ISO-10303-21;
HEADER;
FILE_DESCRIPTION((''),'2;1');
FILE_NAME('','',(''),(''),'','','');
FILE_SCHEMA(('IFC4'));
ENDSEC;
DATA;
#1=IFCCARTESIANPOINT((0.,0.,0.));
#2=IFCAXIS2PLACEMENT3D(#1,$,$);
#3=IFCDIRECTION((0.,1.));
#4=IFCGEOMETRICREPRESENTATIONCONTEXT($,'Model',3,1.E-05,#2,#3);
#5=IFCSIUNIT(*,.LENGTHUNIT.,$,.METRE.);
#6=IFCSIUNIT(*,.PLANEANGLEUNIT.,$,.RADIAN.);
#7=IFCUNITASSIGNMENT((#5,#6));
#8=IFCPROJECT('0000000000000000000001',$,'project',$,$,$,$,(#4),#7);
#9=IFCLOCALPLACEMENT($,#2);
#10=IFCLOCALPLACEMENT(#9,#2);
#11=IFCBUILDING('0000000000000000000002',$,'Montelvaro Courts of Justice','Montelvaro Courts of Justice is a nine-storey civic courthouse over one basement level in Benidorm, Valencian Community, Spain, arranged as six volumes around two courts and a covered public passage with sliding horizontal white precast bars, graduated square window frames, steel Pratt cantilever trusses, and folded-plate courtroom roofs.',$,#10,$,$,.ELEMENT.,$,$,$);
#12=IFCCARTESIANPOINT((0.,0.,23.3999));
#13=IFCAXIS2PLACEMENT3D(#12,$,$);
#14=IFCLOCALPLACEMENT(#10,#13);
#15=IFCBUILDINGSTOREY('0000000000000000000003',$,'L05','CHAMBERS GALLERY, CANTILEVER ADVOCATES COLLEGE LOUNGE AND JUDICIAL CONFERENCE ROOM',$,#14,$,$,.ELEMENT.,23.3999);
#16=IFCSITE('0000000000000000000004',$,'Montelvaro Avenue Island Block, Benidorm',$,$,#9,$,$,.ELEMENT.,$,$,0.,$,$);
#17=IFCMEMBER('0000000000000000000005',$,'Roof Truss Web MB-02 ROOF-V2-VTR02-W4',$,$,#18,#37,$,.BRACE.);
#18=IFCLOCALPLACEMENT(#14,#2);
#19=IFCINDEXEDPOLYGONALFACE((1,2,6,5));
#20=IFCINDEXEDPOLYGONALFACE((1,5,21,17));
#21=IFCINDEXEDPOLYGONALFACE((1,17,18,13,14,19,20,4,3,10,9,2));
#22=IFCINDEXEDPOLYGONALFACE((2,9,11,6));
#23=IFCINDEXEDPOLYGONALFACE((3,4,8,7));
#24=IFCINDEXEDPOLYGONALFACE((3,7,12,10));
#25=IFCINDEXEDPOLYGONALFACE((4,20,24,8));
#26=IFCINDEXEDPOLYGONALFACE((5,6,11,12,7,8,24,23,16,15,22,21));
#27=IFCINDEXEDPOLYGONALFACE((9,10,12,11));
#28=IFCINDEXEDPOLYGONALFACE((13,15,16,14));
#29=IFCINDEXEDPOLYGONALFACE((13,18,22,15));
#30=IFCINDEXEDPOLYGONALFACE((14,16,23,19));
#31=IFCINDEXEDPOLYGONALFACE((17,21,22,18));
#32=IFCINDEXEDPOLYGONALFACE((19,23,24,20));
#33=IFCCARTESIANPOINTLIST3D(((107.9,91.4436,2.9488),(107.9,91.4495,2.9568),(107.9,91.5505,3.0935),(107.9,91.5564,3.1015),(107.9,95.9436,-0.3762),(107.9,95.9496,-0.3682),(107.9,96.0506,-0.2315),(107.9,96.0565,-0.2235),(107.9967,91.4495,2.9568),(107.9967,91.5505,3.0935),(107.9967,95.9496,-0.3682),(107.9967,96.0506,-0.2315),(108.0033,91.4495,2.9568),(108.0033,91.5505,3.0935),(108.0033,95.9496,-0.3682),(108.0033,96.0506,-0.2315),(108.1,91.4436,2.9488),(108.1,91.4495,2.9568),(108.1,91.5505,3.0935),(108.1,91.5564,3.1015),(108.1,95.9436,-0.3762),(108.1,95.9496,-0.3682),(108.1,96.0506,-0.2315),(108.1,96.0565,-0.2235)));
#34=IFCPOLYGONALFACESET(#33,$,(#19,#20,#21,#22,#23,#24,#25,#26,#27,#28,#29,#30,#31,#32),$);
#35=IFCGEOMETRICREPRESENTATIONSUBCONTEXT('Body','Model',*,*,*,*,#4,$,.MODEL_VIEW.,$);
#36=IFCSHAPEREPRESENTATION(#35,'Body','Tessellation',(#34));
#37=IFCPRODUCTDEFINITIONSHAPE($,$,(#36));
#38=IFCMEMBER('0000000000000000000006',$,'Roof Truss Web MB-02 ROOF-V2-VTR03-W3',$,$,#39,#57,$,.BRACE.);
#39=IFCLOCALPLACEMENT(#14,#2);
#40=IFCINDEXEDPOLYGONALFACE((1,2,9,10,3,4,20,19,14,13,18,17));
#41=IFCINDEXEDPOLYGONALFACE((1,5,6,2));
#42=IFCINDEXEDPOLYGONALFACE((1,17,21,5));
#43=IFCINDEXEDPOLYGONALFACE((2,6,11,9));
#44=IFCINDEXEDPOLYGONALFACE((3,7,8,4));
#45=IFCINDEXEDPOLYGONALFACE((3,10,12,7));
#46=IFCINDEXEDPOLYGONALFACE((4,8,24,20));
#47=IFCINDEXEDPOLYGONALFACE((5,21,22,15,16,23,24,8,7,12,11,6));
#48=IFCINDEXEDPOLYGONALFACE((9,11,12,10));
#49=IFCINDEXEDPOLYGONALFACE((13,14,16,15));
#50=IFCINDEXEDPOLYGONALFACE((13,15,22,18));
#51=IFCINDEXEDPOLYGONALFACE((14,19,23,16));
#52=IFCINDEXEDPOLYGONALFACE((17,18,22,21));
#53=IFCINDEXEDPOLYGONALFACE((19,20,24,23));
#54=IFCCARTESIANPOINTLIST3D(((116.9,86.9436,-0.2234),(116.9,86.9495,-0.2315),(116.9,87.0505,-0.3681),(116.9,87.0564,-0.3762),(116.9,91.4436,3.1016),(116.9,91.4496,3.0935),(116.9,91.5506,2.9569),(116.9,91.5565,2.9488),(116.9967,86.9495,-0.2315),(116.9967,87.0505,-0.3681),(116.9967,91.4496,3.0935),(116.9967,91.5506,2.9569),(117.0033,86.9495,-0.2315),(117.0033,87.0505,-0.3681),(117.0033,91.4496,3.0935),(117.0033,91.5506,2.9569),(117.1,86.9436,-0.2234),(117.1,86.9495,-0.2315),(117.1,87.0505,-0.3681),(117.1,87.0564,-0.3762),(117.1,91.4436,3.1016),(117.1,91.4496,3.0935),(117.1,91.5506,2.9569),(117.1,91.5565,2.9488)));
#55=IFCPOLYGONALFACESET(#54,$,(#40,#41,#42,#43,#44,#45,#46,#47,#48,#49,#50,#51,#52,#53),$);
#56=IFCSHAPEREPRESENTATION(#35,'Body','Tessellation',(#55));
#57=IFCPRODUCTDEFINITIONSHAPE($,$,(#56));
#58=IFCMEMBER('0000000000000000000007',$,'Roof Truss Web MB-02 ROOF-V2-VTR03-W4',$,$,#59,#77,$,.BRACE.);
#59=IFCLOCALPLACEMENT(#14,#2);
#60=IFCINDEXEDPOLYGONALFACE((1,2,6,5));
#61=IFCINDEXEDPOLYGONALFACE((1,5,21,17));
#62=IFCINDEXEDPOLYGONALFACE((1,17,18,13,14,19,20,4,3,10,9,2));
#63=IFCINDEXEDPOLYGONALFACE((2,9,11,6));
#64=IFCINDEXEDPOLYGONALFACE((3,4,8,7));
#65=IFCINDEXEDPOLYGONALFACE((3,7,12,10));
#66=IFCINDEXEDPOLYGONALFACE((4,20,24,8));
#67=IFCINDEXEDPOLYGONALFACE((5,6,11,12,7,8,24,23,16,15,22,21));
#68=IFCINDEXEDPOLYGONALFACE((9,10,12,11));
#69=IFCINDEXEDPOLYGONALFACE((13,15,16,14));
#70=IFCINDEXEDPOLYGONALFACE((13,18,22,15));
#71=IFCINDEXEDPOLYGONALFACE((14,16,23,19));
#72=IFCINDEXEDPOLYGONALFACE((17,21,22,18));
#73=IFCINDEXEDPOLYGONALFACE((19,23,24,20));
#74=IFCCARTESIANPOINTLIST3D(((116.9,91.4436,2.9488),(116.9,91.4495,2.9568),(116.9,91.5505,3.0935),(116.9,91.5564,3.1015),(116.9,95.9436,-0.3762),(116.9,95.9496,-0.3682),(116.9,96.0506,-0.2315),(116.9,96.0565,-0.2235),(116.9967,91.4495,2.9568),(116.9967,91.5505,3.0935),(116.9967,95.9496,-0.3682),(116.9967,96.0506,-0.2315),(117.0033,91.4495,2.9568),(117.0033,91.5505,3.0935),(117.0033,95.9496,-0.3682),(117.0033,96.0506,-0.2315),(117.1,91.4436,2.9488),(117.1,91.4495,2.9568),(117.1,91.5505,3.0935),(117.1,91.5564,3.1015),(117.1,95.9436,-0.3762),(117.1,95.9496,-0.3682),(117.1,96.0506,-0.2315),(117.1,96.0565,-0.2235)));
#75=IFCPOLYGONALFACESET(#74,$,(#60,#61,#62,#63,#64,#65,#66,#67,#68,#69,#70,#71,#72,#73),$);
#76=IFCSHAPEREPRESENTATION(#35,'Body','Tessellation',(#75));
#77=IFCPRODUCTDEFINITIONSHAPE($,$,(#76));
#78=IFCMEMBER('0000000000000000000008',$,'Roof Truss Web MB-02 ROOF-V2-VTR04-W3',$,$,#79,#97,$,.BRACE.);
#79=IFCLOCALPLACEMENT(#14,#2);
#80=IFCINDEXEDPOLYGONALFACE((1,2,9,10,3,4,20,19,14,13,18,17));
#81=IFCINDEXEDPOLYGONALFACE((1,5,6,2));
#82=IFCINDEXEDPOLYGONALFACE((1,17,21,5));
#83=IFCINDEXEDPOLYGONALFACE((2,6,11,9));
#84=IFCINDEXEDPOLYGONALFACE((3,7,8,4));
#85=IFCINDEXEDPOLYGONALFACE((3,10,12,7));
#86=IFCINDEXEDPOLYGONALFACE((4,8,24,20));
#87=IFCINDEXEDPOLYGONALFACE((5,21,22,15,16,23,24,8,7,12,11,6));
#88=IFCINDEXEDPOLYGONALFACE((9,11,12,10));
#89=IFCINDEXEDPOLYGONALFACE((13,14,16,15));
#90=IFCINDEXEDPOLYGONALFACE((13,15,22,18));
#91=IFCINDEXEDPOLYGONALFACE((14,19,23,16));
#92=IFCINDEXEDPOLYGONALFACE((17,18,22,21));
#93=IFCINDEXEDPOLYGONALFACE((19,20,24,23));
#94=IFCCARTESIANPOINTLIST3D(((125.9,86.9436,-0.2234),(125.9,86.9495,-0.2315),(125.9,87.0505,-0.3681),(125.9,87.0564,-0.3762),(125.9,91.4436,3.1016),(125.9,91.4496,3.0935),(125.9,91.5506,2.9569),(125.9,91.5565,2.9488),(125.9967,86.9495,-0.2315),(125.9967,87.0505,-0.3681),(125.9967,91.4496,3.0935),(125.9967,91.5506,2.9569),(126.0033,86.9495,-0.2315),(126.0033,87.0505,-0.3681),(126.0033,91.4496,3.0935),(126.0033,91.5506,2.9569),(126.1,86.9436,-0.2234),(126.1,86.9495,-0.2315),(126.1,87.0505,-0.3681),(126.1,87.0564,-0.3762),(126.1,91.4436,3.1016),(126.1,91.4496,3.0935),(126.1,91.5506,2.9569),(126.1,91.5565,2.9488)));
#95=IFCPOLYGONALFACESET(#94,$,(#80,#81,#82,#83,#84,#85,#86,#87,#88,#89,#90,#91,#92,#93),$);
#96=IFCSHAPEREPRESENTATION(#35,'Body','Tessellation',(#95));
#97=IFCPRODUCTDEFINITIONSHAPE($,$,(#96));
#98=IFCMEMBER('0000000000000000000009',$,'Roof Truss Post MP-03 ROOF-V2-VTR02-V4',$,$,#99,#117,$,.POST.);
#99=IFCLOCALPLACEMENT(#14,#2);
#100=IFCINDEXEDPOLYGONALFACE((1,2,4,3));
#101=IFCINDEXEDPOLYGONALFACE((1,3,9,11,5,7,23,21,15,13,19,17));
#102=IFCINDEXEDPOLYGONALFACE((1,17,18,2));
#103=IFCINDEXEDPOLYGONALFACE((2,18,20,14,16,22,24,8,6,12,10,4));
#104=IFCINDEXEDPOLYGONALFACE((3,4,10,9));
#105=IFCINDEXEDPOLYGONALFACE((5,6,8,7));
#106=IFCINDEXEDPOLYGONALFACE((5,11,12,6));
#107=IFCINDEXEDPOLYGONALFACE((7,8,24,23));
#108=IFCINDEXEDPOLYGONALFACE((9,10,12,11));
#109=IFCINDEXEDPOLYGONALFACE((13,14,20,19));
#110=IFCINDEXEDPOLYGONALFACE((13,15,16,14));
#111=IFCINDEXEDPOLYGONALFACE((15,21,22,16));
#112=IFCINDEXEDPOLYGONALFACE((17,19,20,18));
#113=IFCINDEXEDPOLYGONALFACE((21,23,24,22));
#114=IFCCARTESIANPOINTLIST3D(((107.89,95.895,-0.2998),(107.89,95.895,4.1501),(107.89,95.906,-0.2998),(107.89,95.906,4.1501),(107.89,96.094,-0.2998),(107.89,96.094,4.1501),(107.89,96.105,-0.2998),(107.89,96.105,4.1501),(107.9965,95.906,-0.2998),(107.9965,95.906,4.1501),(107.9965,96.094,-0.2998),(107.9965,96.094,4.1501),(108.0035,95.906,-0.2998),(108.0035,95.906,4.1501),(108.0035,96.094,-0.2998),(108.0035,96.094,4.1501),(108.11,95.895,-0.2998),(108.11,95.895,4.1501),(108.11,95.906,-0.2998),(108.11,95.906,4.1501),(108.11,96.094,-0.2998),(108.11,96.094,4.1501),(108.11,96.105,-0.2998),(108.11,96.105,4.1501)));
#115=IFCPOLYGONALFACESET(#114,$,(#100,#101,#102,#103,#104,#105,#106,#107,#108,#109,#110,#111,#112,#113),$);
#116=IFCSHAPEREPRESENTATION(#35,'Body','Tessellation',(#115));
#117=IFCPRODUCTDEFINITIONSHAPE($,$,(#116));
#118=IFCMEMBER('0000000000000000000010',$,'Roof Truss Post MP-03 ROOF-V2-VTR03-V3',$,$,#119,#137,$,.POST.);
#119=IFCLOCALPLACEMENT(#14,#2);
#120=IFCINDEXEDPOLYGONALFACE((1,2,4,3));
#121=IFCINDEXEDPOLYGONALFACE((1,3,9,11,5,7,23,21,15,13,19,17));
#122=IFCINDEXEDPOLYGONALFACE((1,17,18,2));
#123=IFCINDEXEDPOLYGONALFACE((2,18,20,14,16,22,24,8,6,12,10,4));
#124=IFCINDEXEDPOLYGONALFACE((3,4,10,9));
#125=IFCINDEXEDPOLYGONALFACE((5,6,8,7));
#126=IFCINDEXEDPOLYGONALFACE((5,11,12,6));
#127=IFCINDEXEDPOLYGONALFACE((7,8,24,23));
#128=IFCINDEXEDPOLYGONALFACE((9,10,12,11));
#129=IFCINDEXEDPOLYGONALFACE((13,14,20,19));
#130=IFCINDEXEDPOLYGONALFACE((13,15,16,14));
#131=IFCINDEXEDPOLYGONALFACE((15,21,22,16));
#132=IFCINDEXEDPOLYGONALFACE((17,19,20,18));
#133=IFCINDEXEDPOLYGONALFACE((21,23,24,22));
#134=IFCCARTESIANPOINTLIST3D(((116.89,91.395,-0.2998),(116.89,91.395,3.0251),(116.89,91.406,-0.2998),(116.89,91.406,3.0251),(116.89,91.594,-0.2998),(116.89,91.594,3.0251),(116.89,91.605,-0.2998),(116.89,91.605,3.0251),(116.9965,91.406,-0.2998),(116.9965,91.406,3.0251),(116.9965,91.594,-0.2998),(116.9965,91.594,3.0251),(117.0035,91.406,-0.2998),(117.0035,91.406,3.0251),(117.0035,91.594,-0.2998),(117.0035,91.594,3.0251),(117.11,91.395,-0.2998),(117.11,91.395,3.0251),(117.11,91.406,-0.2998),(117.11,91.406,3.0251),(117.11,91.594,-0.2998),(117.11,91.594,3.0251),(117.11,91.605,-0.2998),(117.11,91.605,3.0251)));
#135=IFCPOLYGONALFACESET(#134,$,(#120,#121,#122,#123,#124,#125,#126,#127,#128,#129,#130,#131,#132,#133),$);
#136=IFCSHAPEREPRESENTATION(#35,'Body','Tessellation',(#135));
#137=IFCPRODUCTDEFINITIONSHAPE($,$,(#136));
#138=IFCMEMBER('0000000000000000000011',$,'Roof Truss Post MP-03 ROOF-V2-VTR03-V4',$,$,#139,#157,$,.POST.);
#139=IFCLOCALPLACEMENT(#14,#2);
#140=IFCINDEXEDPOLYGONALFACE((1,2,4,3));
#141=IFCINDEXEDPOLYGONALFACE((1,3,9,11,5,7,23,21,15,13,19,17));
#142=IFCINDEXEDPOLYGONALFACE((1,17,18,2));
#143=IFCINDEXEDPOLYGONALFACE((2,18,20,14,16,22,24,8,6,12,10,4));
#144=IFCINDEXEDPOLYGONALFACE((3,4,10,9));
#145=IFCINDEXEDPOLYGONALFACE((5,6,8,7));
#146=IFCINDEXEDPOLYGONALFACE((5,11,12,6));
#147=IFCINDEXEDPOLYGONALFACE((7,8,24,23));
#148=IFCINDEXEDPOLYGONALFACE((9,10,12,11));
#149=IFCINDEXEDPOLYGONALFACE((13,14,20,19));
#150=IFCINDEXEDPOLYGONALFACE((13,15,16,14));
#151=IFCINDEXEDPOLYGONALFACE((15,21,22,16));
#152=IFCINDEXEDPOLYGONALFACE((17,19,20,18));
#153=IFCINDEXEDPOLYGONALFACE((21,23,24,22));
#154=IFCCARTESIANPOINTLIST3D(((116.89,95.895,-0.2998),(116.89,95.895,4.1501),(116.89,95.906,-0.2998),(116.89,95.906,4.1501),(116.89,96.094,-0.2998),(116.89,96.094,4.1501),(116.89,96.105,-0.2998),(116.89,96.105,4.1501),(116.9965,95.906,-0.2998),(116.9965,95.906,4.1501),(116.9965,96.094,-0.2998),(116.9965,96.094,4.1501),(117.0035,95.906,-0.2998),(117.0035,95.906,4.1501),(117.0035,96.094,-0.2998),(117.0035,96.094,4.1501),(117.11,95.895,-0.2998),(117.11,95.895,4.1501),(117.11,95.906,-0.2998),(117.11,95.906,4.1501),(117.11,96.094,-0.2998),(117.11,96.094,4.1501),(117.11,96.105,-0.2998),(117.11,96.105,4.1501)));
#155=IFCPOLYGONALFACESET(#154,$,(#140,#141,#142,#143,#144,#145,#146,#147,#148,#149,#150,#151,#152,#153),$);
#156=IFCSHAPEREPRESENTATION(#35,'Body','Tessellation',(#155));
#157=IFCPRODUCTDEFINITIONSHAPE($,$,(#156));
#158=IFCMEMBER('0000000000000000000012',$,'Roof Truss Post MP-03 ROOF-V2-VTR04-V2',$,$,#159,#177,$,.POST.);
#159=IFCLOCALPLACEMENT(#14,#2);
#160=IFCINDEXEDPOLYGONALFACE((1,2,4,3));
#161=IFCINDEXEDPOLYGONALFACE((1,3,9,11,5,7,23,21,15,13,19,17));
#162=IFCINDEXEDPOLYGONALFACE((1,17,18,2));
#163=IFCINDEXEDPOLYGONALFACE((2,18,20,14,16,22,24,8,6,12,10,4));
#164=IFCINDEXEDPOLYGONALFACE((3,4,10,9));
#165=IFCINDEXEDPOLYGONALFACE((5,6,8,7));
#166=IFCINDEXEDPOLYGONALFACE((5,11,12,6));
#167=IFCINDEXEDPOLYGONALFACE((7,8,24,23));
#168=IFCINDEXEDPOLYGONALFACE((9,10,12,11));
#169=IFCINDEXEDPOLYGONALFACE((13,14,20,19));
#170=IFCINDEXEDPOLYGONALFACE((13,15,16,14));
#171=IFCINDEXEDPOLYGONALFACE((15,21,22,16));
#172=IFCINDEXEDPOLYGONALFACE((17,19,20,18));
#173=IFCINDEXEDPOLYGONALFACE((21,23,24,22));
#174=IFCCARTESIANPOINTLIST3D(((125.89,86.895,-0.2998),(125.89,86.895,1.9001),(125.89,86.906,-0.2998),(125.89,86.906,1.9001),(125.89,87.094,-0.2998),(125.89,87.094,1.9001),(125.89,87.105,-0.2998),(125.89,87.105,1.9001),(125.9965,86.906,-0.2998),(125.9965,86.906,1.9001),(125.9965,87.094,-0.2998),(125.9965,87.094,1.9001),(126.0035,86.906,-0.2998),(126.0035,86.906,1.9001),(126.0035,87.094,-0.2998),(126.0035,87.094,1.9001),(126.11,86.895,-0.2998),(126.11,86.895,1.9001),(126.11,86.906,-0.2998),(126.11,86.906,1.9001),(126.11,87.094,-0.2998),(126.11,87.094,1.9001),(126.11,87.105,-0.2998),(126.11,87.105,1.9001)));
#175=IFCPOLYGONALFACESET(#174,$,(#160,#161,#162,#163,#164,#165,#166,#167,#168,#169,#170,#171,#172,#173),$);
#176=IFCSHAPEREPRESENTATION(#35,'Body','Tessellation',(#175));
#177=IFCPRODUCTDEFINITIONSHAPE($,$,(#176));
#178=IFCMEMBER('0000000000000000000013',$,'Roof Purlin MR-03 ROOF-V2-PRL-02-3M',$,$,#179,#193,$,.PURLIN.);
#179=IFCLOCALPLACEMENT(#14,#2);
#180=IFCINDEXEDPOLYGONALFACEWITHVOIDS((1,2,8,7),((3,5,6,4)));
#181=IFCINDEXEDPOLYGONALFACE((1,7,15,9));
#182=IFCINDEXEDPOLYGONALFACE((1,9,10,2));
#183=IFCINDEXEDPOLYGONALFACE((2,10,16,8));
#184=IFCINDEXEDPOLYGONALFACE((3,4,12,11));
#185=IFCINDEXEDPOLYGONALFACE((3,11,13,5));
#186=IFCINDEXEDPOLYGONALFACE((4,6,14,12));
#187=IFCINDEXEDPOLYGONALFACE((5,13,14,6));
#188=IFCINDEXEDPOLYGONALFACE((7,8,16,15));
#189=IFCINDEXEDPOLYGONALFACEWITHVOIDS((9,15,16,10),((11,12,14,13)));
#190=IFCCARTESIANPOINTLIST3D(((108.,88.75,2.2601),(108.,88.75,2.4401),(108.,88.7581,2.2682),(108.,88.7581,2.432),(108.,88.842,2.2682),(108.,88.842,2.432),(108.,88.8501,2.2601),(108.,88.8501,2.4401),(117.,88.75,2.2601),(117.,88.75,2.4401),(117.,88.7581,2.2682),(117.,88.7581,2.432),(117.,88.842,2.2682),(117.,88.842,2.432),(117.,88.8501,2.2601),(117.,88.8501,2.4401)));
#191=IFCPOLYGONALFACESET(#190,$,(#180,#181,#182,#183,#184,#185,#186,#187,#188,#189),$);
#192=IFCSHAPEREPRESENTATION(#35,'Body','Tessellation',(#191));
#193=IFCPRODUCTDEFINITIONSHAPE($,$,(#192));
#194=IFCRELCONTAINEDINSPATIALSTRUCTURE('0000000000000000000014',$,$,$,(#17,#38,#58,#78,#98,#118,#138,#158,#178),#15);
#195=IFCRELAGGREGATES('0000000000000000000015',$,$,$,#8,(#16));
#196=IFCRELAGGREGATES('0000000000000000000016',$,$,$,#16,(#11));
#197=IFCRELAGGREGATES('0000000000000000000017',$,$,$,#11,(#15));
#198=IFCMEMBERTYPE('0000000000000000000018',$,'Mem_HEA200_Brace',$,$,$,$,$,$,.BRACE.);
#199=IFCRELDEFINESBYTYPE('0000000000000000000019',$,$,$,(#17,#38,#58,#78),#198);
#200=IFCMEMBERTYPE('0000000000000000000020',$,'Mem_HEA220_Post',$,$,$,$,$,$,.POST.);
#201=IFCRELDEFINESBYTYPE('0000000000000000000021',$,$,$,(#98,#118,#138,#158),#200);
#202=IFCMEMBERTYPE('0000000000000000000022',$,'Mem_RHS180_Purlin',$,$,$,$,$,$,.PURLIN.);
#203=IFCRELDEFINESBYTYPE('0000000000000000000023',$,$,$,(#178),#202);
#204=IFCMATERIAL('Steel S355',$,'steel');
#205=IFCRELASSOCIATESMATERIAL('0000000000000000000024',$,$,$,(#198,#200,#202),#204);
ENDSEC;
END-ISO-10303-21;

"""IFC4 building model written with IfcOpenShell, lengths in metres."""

from ifc_helpers import new_model, si_unit, direction, frame, origin, origin_2d, place, context, subcontext, project, spatial, hollow_rectangle, i_section, extrude, material, material_profile, profile_set, type_object, element, save


model = new_model("IFC4")

# Units and contexts
model_context = context("Model", 3, precision=1e-05, world=origin(), true_north=direction((0.0, 1.0)))
body_context = subcontext(model_context, "Body", "Model", "MODEL_VIEW")
ifc_project = project(units=[si_unit("LENGTHUNIT", "METRE"), si_unit("PLANEANGLEUNIT", "RADIAN")], contexts=[model_context])

# Site, building, storey
site_placement = place(None, origin())
site = spatial("IfcSite", under=ifc_project, at=site_placement, Name="Montelvaro Avenue Island Block, Benidorm", CompositionType="ELEMENT", RefElevation=0.0)
building_placement = place(site_placement, origin())
building = spatial("IfcBuilding", under=site, at=building_placement, Name="Montelvaro Courts of Justice", Description="Montelvaro Courts of Justice is a nine-storey civic courthouse over one basement level in Benidorm, Valencian Community, Spain, arranged as six volumes around two courts and a covered public passage with sliding horizontal white precast bars, graduated square window frames, steel Pratt cantilever trusses, and folded-plate courtroom roofs.", CompositionType="ELEMENT")
storey_placement = place(building_placement, frame((0.0, 0.0, 23.3999)))
storey = spatial("IfcBuildingStorey", under=building, at=storey_placement, Name="L05", Description="CHAMBERS GALLERY, CANTILEVER ADVOCATES COLLEGE LOUNGE AND JUDICIAL CONFERENCE ROOM", CompositionType="ELEMENT", Elevation=23.3999)

# Members
ifc_material = material(Name="Steel S355", Category="steel")
ifc_material_profile_1 = material_profile(ifc_material, i_section(OverallWidth=0.2, OverallDepth=0.1899, WebThickness=0.0066, FlangeThickness=0.01, at=origin_2d()), Name="HEA 200")
ifc_profile_set_1 = profile_set([ifc_material_profile_1], Name="Steel S355")
member_type_1 = type_object("IfcMemberType", Name="Mem_HEA200_Brace", PredefinedType="BRACE", material=ifc_profile_set_1)
for number, where, z_axis, x_axis, name in (
    (1, (108.0, 91.5, 3.0251), (0.0, 0.804273, -0.59426), (-1.0, 0.0, 0.0), "Roof Truss Web MB-02 ROOF-V2-VTR02-W4"),
    (2, (117.0, 87.0, -0.2998), (0.0, 0.804273, 0.59426), (-1.0, 0.0, 0.0), "Roof Truss Web MB-02 ROOF-V2-VTR03-W3"),
    (3, (117.0, 91.5, 3.0251), (0.0, 0.804273, -0.59426), (-1.0, 0.0, 0.0), "Roof Truss Web MB-02 ROOF-V2-VTR03-W4"),
    (4, (126.0, 87.0, -0.2998), (0.0, 0.804273, 0.59426), (-1.0, 0.0, 0.0), "Roof Truss Web MB-02 ROOF-V2-VTR04-W3"),
):
    element("IfcMember", number, at=place(storey_placement, frame(where, z_axis=z_axis, x_axis=x_axis)), inside=storey, type_object=member_type_1, Name=name, PredefinedType="BRACE", context=body_context, shape_type="SweptSolid", body=[
        extrude(i_section(OverallWidth=0.2, OverallDepth=0.1899, WebThickness=0.0066, FlangeThickness=0.01, at=origin_2d()), origin(), (0.0, 0.0, 1.0), 5.5952),
    ])
ifc_material_profile_2 = material_profile(ifc_material, i_section(OverallWidth=0.22, OverallDepth=0.21, WebThickness=0.0071, FlangeThickness=0.011, at=origin_2d()), Name="HEA 220")
ifc_profile_set_2 = profile_set([ifc_material_profile_2], Name="Steel S355")
member_type_2 = type_object("IfcMemberType", Name="Mem_HEA220_Post", PredefinedType="POST", material=ifc_profile_set_2)
member_1_placement = place(storey_placement, frame((108.0, 96.0, -0.2998), z_axis=(0.0, 0.0, 1.0), x_axis=(1.0, 0.0, 0.0)))
element("IfcMember", 5, at=member_1_placement, inside=storey, type_object=member_type_2, Name="Roof Truss Post MP-03 ROOF-V2-VTR02-V4", PredefinedType="POST", context=body_context, shape_type="SweptSolid", body=[
    extrude(i_section(OverallWidth=0.22, OverallDepth=0.21, WebThickness=0.0071, FlangeThickness=0.011, at=origin_2d()), origin(), (0.0, 0.0, 1.0), 4.45),
])
member_2_placement = place(storey_placement, frame((117.0, 91.5, -0.2998), z_axis=(0.0, 0.0, 1.0), x_axis=(1.0, 0.0, 0.0)))
element("IfcMember", 6, at=member_2_placement, inside=storey, type_object=member_type_2, Name="Roof Truss Post MP-03 ROOF-V2-VTR03-V3", PredefinedType="POST", context=body_context, shape_type="SweptSolid", body=[
    extrude(i_section(OverallWidth=0.22, OverallDepth=0.21, WebThickness=0.0071, FlangeThickness=0.011, at=origin_2d()), origin(), (0.0, 0.0, 1.0), 3.325),
])
member_3_placement = place(storey_placement, frame((117.0, 96.0, -0.2998), z_axis=(0.0, 0.0, 1.0), x_axis=(1.0, 0.0, 0.0)))
element("IfcMember", 7, at=member_3_placement, inside=storey, type_object=member_type_2, Name="Roof Truss Post MP-03 ROOF-V2-VTR03-V4", PredefinedType="POST", context=body_context, shape_type="SweptSolid", body=[
    extrude(i_section(OverallWidth=0.22, OverallDepth=0.21, WebThickness=0.0071, FlangeThickness=0.011, at=origin_2d()), origin(), (0.0, 0.0, 1.0), 4.45),
])
member_4_placement = place(storey_placement, frame((126.0, 87.0, -0.2998), z_axis=(0.0, 0.0, 1.0), x_axis=(1.0, 0.0, 0.0)))
element("IfcMember", 8, at=member_4_placement, inside=storey, type_object=member_type_2, Name="Roof Truss Post MP-03 ROOF-V2-VTR04-V2", PredefinedType="POST", context=body_context, shape_type="SweptSolid", body=[
    extrude(i_section(OverallWidth=0.22, OverallDepth=0.21, WebThickness=0.0071, FlangeThickness=0.011, at=origin_2d()), origin(), (0.0, 0.0, 1.0), 2.2),
])
ifc_material_profile_3 = material_profile(ifc_material, hollow_rectangle(XDim=0.1001, YDim=0.1799, WallThickness=0.0081, at=origin_2d()), Name="RHS 180x100x8")
ifc_profile_set_3 = profile_set([ifc_material_profile_3], Name="Steel S355")
member_type_3 = type_object("IfcMemberType", Name="Mem_RHS180_Purlin", PredefinedType="PURLIN", material=ifc_profile_set_3)
for number, where, z_axis, x_axis, name in (
    (9, (108.0, 88.8, 2.3501), (1.0, 0.0, 0.0), (0.0, 1.0, 0.0), "Roof Purlin MR-03 ROOF-V2-PRL-02-3M"),
):
    element("IfcMember", number, at=place(storey_placement, frame(where, z_axis=z_axis, x_axis=x_axis)), inside=storey, type_object=member_type_3, Name=name, PredefinedType="PURLIN", context=body_context, shape_type="SweptSolid", body=[
        extrude(hollow_rectangle(XDim=0.1001, YDim=0.1799, WallThickness=0.0081, at=origin_2d()), origin(), (0.0, 0.0, 1.0), 9.0),
    ])

save(model, "model.ifc")
